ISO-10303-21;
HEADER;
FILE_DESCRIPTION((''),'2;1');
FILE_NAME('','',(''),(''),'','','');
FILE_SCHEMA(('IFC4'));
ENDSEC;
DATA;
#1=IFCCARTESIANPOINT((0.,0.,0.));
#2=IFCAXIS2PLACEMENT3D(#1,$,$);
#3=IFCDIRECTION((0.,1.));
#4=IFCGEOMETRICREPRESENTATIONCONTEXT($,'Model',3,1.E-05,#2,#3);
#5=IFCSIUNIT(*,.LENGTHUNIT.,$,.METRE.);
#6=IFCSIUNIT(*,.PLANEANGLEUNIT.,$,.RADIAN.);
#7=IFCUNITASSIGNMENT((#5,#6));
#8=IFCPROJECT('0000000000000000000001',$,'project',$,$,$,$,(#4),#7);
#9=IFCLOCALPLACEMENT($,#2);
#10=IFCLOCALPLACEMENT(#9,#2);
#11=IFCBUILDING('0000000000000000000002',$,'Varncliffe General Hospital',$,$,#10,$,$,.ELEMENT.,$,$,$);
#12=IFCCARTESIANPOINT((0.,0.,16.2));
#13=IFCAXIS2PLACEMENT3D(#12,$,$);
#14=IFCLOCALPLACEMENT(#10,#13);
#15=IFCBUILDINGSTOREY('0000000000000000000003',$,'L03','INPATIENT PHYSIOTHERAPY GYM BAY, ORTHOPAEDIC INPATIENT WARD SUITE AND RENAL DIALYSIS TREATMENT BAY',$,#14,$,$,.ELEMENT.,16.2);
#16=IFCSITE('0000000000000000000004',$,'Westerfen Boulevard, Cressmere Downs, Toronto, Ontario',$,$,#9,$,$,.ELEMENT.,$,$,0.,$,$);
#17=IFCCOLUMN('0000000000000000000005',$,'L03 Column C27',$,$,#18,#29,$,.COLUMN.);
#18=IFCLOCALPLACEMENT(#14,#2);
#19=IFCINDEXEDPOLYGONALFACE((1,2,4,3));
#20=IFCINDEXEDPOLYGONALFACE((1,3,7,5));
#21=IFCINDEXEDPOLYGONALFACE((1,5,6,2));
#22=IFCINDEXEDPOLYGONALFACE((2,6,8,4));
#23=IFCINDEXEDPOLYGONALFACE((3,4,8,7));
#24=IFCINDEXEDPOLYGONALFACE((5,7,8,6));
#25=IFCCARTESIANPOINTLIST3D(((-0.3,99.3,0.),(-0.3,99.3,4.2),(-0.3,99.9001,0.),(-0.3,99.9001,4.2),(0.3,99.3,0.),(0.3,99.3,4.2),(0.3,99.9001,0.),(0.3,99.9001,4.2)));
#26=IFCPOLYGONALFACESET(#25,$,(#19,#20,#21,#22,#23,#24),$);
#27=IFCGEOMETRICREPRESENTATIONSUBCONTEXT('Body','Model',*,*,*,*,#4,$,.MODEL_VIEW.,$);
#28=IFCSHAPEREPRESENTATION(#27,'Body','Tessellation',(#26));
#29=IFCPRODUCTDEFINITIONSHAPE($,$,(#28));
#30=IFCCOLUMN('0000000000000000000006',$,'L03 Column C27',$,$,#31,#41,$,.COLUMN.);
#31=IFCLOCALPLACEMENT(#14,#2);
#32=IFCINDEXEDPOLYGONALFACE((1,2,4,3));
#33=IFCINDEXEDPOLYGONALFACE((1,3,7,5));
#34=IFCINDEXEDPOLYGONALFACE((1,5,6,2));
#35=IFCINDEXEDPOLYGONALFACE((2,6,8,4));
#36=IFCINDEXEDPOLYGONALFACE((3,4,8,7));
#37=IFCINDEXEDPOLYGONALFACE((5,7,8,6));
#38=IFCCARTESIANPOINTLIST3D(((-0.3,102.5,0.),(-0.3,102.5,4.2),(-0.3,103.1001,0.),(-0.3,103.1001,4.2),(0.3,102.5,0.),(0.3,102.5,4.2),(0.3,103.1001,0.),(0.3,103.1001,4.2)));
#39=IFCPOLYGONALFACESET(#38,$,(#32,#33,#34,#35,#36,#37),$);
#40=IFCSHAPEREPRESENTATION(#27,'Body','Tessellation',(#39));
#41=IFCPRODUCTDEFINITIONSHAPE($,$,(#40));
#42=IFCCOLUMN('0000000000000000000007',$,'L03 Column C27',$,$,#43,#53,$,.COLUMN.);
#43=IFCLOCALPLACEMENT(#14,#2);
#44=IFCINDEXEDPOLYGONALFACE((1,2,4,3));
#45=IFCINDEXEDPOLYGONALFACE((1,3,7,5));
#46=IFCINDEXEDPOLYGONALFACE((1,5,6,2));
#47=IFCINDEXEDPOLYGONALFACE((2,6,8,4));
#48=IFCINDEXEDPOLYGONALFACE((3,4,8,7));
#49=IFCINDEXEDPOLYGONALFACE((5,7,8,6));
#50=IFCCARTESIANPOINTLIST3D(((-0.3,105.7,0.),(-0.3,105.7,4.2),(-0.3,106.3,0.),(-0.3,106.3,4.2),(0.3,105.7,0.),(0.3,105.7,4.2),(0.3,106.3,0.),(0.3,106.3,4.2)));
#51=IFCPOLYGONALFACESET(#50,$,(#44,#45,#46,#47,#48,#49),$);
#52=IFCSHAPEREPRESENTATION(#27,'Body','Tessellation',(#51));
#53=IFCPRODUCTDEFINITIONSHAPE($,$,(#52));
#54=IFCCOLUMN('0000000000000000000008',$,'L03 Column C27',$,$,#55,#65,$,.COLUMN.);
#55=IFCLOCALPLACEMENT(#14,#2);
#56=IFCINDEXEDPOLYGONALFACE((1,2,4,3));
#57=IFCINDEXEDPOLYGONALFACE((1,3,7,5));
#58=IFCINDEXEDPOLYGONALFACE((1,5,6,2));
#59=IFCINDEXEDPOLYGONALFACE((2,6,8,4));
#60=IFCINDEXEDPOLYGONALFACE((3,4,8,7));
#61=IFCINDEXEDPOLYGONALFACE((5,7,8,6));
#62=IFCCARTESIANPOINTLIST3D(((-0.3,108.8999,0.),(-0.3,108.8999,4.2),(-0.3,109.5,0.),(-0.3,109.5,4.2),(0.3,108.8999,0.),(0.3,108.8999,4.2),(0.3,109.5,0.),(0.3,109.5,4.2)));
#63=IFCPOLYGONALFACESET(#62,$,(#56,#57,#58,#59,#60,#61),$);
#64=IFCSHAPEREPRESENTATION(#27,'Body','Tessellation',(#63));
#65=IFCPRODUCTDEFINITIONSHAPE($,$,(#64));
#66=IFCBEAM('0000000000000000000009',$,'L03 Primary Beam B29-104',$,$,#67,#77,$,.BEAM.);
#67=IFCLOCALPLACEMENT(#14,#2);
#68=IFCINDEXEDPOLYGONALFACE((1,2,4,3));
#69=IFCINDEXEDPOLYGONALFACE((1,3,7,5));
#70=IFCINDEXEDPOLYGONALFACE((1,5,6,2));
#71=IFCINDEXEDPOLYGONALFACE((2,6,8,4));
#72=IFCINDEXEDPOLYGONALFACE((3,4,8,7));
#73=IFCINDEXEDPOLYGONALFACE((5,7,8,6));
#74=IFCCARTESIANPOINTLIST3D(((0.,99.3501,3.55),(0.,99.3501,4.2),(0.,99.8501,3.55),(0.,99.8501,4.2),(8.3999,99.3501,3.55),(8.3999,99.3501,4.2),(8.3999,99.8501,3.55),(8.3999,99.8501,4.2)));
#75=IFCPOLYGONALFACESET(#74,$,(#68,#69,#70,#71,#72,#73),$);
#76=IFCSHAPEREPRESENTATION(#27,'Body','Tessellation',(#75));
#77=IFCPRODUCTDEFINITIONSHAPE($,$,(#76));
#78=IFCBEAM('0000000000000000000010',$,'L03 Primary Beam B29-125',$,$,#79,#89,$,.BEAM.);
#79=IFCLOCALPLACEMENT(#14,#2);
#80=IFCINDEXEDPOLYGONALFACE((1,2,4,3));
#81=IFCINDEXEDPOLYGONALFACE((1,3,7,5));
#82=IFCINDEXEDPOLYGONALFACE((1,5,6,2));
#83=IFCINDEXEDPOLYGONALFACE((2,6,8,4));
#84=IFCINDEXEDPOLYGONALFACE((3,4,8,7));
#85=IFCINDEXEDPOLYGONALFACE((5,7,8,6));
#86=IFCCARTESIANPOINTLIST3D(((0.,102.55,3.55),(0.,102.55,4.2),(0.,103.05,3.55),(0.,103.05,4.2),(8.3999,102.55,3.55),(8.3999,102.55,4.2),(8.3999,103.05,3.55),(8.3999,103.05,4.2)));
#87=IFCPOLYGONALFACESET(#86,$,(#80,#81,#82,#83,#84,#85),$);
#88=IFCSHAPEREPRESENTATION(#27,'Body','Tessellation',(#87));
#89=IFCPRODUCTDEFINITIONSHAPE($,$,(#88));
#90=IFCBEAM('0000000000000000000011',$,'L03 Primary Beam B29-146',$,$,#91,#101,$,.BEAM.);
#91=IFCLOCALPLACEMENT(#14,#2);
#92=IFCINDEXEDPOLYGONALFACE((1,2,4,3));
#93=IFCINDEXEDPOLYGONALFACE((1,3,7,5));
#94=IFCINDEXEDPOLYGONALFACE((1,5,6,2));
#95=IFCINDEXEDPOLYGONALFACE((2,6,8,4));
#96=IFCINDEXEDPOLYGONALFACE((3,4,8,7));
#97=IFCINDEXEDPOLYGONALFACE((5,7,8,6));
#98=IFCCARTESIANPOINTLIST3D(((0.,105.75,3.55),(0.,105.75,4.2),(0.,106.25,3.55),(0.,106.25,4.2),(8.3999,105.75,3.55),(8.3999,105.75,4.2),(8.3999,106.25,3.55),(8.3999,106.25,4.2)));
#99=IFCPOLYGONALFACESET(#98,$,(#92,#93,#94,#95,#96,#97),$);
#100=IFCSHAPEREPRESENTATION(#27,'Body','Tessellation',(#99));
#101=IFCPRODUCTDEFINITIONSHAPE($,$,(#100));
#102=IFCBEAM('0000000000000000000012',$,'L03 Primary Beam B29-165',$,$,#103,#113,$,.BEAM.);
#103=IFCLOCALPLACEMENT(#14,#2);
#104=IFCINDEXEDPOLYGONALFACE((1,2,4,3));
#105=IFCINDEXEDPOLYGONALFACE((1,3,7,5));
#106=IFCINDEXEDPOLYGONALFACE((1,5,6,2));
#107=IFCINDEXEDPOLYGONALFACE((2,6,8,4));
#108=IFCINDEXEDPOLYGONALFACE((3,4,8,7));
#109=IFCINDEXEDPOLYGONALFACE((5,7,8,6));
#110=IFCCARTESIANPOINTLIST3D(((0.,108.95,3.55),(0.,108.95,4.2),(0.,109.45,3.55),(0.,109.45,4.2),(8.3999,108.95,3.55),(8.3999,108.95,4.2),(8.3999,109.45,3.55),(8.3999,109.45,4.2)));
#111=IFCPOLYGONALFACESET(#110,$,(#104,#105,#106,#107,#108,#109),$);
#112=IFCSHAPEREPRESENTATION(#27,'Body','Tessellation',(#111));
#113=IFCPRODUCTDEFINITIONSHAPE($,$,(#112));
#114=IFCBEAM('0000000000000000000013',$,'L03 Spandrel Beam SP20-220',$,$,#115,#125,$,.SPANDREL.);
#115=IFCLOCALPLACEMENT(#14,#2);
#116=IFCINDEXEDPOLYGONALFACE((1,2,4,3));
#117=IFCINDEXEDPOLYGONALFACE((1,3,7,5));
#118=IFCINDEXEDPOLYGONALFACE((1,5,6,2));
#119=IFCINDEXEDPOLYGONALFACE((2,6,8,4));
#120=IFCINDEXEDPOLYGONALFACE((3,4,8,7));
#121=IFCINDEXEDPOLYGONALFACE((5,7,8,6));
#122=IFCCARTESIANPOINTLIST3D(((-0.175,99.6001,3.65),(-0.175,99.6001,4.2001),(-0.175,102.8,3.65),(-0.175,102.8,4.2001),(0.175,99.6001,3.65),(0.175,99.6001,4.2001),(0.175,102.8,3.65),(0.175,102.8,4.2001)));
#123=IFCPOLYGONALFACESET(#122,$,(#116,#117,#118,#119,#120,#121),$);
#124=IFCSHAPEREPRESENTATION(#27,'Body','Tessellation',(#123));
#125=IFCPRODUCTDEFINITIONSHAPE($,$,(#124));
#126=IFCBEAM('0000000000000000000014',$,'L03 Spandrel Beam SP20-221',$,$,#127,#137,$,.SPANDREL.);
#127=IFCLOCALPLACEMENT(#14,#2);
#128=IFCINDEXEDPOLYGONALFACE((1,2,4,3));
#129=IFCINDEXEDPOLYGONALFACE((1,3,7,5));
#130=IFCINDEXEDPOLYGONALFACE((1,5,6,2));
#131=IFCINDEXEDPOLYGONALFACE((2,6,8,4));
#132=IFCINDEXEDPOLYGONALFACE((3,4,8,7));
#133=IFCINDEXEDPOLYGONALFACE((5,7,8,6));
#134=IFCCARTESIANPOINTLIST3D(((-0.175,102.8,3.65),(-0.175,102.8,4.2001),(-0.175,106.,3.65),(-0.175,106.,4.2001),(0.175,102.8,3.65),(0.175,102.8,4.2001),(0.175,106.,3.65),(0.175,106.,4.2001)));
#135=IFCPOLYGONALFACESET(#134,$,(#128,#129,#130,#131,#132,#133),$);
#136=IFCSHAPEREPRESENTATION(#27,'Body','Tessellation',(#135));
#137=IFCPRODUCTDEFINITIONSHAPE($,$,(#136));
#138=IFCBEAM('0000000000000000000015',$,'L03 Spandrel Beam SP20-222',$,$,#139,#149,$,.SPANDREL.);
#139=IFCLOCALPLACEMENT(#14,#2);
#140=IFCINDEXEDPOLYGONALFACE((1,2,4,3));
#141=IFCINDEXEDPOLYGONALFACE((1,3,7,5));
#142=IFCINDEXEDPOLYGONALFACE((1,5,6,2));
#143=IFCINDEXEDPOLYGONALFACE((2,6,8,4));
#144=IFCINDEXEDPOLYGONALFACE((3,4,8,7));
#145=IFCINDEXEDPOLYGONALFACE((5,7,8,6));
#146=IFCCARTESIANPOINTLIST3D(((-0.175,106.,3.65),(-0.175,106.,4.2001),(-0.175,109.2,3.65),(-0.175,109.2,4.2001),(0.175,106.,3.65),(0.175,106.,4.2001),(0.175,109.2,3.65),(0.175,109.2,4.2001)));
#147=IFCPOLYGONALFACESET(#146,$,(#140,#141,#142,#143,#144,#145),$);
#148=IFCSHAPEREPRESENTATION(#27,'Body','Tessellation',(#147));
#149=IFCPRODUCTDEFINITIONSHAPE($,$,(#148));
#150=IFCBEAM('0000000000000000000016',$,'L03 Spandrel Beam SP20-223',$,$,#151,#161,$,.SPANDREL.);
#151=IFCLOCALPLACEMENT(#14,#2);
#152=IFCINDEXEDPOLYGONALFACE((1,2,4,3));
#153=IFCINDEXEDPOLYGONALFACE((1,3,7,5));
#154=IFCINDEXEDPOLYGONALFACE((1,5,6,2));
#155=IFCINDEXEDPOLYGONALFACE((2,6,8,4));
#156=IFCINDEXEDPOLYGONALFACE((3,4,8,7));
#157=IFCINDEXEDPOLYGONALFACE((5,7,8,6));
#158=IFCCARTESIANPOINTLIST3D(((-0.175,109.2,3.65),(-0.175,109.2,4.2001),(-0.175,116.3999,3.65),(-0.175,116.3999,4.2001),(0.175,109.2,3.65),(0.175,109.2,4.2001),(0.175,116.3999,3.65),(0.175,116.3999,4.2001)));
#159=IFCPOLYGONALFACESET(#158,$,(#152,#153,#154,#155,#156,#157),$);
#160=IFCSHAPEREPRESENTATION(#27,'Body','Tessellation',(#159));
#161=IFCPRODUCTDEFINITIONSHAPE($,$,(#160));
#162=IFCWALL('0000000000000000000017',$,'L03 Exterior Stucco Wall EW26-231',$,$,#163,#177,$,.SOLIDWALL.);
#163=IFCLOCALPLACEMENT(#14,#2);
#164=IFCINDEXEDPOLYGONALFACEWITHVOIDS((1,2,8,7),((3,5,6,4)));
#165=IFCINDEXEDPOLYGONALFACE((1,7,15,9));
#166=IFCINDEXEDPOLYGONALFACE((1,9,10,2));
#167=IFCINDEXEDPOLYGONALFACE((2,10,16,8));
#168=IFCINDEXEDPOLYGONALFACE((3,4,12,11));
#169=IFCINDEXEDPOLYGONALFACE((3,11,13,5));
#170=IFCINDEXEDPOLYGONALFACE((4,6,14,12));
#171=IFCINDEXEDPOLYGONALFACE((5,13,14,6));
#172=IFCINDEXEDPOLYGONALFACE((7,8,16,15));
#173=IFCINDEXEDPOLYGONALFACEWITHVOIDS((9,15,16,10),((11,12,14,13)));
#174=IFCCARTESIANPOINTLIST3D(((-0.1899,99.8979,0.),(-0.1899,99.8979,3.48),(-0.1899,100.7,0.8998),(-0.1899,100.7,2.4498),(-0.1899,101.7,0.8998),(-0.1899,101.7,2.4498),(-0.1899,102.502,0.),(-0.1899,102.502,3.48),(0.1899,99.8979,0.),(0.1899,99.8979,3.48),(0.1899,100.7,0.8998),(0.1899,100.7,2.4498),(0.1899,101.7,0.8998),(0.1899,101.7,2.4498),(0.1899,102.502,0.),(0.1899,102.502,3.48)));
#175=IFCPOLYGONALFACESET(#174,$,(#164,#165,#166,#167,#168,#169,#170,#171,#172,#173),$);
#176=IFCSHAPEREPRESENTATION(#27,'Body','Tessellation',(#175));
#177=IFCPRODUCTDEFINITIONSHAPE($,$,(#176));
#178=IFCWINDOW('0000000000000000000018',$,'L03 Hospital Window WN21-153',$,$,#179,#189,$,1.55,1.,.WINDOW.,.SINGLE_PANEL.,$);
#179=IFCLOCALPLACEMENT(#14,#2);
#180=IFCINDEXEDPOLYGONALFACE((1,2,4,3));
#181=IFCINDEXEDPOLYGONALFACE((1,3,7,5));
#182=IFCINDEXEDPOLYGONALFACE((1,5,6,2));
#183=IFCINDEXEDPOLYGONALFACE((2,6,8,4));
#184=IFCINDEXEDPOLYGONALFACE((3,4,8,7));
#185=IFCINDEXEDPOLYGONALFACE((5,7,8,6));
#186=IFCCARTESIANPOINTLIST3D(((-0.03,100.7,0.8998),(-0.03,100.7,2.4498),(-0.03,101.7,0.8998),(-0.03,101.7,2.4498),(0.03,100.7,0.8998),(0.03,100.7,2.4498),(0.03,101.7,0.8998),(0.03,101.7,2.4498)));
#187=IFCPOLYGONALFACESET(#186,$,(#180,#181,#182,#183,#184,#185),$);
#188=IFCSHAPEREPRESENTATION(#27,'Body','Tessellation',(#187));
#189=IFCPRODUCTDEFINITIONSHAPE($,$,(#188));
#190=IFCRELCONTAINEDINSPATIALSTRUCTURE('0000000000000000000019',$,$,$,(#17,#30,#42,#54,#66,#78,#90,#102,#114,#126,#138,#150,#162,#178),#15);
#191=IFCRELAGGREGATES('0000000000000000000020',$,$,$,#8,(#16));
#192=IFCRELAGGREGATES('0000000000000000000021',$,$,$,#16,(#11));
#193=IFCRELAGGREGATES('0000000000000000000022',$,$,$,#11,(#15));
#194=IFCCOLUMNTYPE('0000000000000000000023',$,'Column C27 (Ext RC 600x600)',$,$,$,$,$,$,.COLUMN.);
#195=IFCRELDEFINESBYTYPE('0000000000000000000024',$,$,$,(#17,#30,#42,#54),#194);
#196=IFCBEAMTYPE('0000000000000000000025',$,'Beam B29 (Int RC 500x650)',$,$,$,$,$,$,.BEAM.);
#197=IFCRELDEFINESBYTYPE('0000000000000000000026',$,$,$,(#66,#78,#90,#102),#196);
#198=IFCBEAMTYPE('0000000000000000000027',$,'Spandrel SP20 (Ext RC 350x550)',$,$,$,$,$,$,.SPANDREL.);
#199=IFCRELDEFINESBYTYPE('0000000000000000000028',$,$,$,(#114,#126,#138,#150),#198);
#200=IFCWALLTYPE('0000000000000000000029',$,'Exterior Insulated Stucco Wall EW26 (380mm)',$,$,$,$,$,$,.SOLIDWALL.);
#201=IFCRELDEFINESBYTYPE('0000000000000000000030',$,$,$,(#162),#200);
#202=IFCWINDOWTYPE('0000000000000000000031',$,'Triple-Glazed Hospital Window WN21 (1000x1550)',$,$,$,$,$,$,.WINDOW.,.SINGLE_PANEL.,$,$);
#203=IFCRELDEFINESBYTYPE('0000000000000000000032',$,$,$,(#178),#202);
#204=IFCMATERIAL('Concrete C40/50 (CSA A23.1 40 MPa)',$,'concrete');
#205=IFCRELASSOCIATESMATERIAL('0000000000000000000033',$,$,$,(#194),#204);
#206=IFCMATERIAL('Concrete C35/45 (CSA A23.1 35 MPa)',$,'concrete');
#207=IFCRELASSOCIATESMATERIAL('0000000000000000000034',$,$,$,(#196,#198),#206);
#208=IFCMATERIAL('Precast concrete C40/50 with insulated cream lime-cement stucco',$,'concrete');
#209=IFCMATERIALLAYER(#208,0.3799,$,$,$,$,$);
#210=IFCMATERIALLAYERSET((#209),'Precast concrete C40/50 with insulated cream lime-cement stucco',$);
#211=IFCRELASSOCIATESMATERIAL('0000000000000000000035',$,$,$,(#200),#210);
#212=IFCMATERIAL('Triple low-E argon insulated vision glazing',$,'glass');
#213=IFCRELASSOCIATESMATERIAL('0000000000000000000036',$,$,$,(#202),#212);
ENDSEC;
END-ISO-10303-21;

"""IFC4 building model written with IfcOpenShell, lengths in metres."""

from ifc_helpers import new_model, si_unit, direction, frame, frame_2d, origin, origin_2d, place, context, subcontext, project, spatial, rectangle, extrude, material, layer, layer_set, material_profile, profile_set, type_object, element, fill, save


model = new_model("IFC4")

# Units and contexts
model_context = context("Model", 3, precision=1e-05, world=origin(), true_north=direction((0.0, 1.0)))
body_context = subcontext(model_context, "Body", "Model", "MODEL_VIEW")
ifc_project = project(units=[si_unit("LENGTHUNIT", "METRE"), si_unit("PLANEANGLEUNIT", "RADIAN")], contexts=[model_context])

# Site, building, storey
site_placement = place(None, origin())
site = spatial("IfcSite", under=ifc_project, at=site_placement, Name="Westerfen Boulevard, Cressmere Downs, Toronto, Ontario", CompositionType="ELEMENT", RefElevation=0.0)
building_placement = place(site_placement, origin())
building = spatial("IfcBuilding", under=site, at=building_placement, Name="Varncliffe General Hospital", CompositionType="ELEMENT")
storey_placement = place(building_placement, frame((0.0, 0.0, 16.2)))
storey = spatial("IfcBuildingStorey", under=building, at=storey_placement, Name="L03", Description="INPATIENT PHYSIOTHERAPY GYM BAY, ORTHOPAEDIC INPATIENT WARD SUITE AND RENAL DIALYSIS TREATMENT BAY", CompositionType="ELEMENT", Elevation=16.2)

# Columns
ifc_material_1 = material(Name="Concrete C40/50 (CSA A23.1 40 MPa)", Category="concrete")
ifc_material_profile_1 = material_profile(ifc_material_1, rectangle(XDim=0.6001, YDim=0.6001, at=origin_2d()), Name="RC 600x600")
ifc_profile_set_1 = profile_set([ifc_material_profile_1], Name="Concrete C40/50 (CSA A23.1 40 MPa)")
column_type = type_object("IfcColumnType", Name="Column C27 (Ext RC 600x600)", PredefinedType="COLUMN", material=ifc_profile_set_1)
for number, where, z_axis, x_axis, name in (
    (1, (0.0, 99.6001, 0.0), (0.0, 0.0, 1.0), (1.0, 0.0, 0.0), "L03 Column C27"),
    (2, (0.0, 102.8, 0.0), (0.0, 0.0, 1.0), (1.0, 0.0, 0.0), "L03 Column C27"),
    (3, (0.0, 106.0, 0.0), (0.0, 0.0, 1.0), (1.0, 0.0, 0.0), "L03 Column C27"),
    (4, (0.0, 109.2, 0.0), (0.0, 0.0, 1.0), (1.0, 0.0, 0.0), "L03 Column C27"),
):
    element("IfcColumn", number, at=place(storey_placement, frame(where, z_axis=z_axis, x_axis=x_axis)), inside=storey, type_object=column_type, Name=name, PredefinedType="COLUMN", context=body_context, shape_type="SweptSolid", body=[
        extrude(rectangle(XDim=0.6001, YDim=0.6001, at=origin_2d()), origin(), (0.0, 0.0, 1.0), 4.2),
    ])

# Beams
ifc_material_2 = material(Name="Concrete C35/45 (CSA A23.1 35 MPa)", Category="concrete")
ifc_material_profile_2 = material_profile(ifc_material_2, rectangle(XDim=0.5, YDim=0.6499, at=origin_2d()), Name="RC 500x650")
ifc_profile_set_2 = profile_set([ifc_material_profile_2], Name="Concrete C35/45 (CSA A23.1 35 MPa)")
beam_type_1 = type_object("IfcBeamType", Name="Beam B29 (Int RC 500x650)", PredefinedType="BEAM", material=ifc_profile_set_2)
for number, where, z_axis, x_axis, name in (
    (5, (0.0, 99.6001, 3.875), (1.0, 0.0, 0.0), (0.0, 1.0, 0.0), "L03 Primary Beam B29-104"),
    (6, (0.0, 102.8, 3.875), (1.0, 0.0, 0.0), (0.0, 1.0, 0.0), "L03 Primary Beam B29-125"),
    (7, (0.0, 106.0, 3.875), (1.0, 0.0, 0.0), (0.0, 1.0, 0.0), "L03 Primary Beam B29-146"),
    (8, (0.0, 109.2, 3.875), (1.0, 0.0, 0.0), (0.0, 1.0, 0.0), "L03 Primary Beam B29-165"),
):
    element("IfcBeam", number, at=place(storey_placement, frame(where, z_axis=z_axis, x_axis=x_axis)), inside=storey, type_object=beam_type_1, Name=name, PredefinedType="BEAM", context=body_context, shape_type="SweptSolid", body=[
        extrude(rectangle(XDim=0.5, YDim=0.6499, at=origin_2d()), origin(), (0.0, 0.0, 1.0), 8.3999),
    ])
ifc_material_profile_3 = material_profile(ifc_material_2, rectangle(XDim=0.3501, YDim=0.55, at=origin_2d()), Name="RC 350x550")
ifc_profile_set_3 = profile_set([ifc_material_profile_3], Name="Concrete C35/45 (CSA A23.1 35 MPa)")
beam_type_2 = type_object("IfcBeamType", Name="Spandrel SP20 (Ext RC 350x550)", PredefinedType="SPANDREL", material=ifc_profile_set_3)
for number, where, z_axis, x_axis, name in (
    (9, (0.0, 99.6001, 3.925), (0.0, 1.0, 0.0), (-1.0, 0.0, 0.0), "L03 Spandrel Beam SP20-220"),
    (10, (0.0, 102.8, 3.925), (0.0, 1.0, 0.0), (-1.0, 0.0, 0.0), "L03 Spandrel Beam SP20-221"),
    (11, (0.0, 106.0, 3.925), (0.0, 1.0, 0.0), (-1.0, 0.0, 0.0), "L03 Spandrel Beam SP20-222"),
):
    element("IfcBeam", number, at=place(storey_placement, frame(where, z_axis=z_axis, x_axis=x_axis)), inside=storey, type_object=beam_type_2, Name=name, PredefinedType="SPANDREL", context=body_context, shape_type="SweptSolid", body=[
        extrude(rectangle(XDim=0.3501, YDim=0.55, at=origin_2d()), origin(), (0.0, 0.0, 1.0), 3.2),
    ])
beam_placement = place(storey_placement, frame((0.0, 109.2, 3.925), z_axis=(0.0, 1.0, 0.0), x_axis=(-1.0, 0.0, 0.0)))
element("IfcBeam", 12, at=beam_placement, inside=storey, type_object=beam_type_2, Name="L03 Spandrel Beam SP20-223", PredefinedType="SPANDREL", context=body_context, shape_type="SweptSolid", body=[
    extrude(rectangle(XDim=0.3501, YDim=0.55, at=origin_2d()), origin(), (0.0, 0.0, 1.0), 7.2),
])

# Wall, opening, window
ifc_material_3 = material(Name="Precast concrete C40/50 with insulated cream lime-cement stucco", Category="concrete")
ifc_layer_1 = layer(ifc_material_3, 0.3799)
ifc_layer_set_1 = layer_set([ifc_layer_1], Name="Precast concrete C40/50 with insulated cream lime-cement stucco")
wall_type_1 = type_object("IfcWallType", Name="Exterior Insulated Stucco Wall EW26 (380mm)", PredefinedType="SOLIDWALL", material=ifc_layer_set_1)
wall_1_placement = place(storey_placement, frame((0.0, 99.8979, 0.0), z_axis=(0.0, 0.0, 1.0), x_axis=(0.0, 1.0, 0.0)))
wall_1 = element("IfcWall", 13, at=wall_1_placement, inside=storey, type_object=wall_type_1, Name="L03 Exterior Stucco Wall EW26-231", PredefinedType="SOLIDWALL", context=body_context, shape_type="SweptSolid", body=[
    extrude(rectangle(XDim=2.604, YDim=0.3799, at=frame_2d((1.302, 0.0))), origin(), (0.0, 0.0, 1.0), 3.48),
])
opening_1_placement = place(wall_1_placement, frame((0.802, 0.0, 0.8999)))
opening_1 = element("IfcOpeningElement", 14, at=opening_1_placement, cuts=wall_1, PredefinedType="OPENING", context=body_context, shape_type="SweptSolid", body=[
    extrude(rectangle(XDim=1.0, YDim=1.55, at=frame_2d((0.5, 0.7749))), frame((0.0, 0.2, 0.0), z_axis=(0.0, -1.0, 0.0), x_axis=(1.0, 0.0, 0.0)), (0.0, 0.0, 1.0), 0.3999),
])
ifc_material_4 = material(Name="Triple low-E argon insulated vision glazing", Category="glass")
window_type = type_object("IfcWindowType", Name="Triple-Glazed Hospital Window WN21 (1000x1550)", PartitioningType="SINGLE_PANEL", PredefinedType="WINDOW", material=ifc_material_4)
window_1_placement = place(opening_1_placement, origin())
window_1 = element("IfcWindow", 15, at=window_1_placement, inside=storey, type_object=window_type, Name="L03 Hospital Window WN21-153", OverallHeight=1.55, OverallWidth=1.0, PartitioningType="SINGLE_PANEL", PredefinedType="WINDOW", context=body_context, shape_type="SweptSolid", body=[
    extrude(rectangle(XDim=1.0, YDim=1.55, at=frame_2d((0.5, 0.7749))), frame((0.0, 0.03, 0.0), z_axis=(0.0, -1.0, 0.0), x_axis=(1.0, 0.0, 0.0)), (0.0, 0.0, 1.0), 0.0601),
])
fill(opening_1, window_1)

save(model, "model.ifc")
